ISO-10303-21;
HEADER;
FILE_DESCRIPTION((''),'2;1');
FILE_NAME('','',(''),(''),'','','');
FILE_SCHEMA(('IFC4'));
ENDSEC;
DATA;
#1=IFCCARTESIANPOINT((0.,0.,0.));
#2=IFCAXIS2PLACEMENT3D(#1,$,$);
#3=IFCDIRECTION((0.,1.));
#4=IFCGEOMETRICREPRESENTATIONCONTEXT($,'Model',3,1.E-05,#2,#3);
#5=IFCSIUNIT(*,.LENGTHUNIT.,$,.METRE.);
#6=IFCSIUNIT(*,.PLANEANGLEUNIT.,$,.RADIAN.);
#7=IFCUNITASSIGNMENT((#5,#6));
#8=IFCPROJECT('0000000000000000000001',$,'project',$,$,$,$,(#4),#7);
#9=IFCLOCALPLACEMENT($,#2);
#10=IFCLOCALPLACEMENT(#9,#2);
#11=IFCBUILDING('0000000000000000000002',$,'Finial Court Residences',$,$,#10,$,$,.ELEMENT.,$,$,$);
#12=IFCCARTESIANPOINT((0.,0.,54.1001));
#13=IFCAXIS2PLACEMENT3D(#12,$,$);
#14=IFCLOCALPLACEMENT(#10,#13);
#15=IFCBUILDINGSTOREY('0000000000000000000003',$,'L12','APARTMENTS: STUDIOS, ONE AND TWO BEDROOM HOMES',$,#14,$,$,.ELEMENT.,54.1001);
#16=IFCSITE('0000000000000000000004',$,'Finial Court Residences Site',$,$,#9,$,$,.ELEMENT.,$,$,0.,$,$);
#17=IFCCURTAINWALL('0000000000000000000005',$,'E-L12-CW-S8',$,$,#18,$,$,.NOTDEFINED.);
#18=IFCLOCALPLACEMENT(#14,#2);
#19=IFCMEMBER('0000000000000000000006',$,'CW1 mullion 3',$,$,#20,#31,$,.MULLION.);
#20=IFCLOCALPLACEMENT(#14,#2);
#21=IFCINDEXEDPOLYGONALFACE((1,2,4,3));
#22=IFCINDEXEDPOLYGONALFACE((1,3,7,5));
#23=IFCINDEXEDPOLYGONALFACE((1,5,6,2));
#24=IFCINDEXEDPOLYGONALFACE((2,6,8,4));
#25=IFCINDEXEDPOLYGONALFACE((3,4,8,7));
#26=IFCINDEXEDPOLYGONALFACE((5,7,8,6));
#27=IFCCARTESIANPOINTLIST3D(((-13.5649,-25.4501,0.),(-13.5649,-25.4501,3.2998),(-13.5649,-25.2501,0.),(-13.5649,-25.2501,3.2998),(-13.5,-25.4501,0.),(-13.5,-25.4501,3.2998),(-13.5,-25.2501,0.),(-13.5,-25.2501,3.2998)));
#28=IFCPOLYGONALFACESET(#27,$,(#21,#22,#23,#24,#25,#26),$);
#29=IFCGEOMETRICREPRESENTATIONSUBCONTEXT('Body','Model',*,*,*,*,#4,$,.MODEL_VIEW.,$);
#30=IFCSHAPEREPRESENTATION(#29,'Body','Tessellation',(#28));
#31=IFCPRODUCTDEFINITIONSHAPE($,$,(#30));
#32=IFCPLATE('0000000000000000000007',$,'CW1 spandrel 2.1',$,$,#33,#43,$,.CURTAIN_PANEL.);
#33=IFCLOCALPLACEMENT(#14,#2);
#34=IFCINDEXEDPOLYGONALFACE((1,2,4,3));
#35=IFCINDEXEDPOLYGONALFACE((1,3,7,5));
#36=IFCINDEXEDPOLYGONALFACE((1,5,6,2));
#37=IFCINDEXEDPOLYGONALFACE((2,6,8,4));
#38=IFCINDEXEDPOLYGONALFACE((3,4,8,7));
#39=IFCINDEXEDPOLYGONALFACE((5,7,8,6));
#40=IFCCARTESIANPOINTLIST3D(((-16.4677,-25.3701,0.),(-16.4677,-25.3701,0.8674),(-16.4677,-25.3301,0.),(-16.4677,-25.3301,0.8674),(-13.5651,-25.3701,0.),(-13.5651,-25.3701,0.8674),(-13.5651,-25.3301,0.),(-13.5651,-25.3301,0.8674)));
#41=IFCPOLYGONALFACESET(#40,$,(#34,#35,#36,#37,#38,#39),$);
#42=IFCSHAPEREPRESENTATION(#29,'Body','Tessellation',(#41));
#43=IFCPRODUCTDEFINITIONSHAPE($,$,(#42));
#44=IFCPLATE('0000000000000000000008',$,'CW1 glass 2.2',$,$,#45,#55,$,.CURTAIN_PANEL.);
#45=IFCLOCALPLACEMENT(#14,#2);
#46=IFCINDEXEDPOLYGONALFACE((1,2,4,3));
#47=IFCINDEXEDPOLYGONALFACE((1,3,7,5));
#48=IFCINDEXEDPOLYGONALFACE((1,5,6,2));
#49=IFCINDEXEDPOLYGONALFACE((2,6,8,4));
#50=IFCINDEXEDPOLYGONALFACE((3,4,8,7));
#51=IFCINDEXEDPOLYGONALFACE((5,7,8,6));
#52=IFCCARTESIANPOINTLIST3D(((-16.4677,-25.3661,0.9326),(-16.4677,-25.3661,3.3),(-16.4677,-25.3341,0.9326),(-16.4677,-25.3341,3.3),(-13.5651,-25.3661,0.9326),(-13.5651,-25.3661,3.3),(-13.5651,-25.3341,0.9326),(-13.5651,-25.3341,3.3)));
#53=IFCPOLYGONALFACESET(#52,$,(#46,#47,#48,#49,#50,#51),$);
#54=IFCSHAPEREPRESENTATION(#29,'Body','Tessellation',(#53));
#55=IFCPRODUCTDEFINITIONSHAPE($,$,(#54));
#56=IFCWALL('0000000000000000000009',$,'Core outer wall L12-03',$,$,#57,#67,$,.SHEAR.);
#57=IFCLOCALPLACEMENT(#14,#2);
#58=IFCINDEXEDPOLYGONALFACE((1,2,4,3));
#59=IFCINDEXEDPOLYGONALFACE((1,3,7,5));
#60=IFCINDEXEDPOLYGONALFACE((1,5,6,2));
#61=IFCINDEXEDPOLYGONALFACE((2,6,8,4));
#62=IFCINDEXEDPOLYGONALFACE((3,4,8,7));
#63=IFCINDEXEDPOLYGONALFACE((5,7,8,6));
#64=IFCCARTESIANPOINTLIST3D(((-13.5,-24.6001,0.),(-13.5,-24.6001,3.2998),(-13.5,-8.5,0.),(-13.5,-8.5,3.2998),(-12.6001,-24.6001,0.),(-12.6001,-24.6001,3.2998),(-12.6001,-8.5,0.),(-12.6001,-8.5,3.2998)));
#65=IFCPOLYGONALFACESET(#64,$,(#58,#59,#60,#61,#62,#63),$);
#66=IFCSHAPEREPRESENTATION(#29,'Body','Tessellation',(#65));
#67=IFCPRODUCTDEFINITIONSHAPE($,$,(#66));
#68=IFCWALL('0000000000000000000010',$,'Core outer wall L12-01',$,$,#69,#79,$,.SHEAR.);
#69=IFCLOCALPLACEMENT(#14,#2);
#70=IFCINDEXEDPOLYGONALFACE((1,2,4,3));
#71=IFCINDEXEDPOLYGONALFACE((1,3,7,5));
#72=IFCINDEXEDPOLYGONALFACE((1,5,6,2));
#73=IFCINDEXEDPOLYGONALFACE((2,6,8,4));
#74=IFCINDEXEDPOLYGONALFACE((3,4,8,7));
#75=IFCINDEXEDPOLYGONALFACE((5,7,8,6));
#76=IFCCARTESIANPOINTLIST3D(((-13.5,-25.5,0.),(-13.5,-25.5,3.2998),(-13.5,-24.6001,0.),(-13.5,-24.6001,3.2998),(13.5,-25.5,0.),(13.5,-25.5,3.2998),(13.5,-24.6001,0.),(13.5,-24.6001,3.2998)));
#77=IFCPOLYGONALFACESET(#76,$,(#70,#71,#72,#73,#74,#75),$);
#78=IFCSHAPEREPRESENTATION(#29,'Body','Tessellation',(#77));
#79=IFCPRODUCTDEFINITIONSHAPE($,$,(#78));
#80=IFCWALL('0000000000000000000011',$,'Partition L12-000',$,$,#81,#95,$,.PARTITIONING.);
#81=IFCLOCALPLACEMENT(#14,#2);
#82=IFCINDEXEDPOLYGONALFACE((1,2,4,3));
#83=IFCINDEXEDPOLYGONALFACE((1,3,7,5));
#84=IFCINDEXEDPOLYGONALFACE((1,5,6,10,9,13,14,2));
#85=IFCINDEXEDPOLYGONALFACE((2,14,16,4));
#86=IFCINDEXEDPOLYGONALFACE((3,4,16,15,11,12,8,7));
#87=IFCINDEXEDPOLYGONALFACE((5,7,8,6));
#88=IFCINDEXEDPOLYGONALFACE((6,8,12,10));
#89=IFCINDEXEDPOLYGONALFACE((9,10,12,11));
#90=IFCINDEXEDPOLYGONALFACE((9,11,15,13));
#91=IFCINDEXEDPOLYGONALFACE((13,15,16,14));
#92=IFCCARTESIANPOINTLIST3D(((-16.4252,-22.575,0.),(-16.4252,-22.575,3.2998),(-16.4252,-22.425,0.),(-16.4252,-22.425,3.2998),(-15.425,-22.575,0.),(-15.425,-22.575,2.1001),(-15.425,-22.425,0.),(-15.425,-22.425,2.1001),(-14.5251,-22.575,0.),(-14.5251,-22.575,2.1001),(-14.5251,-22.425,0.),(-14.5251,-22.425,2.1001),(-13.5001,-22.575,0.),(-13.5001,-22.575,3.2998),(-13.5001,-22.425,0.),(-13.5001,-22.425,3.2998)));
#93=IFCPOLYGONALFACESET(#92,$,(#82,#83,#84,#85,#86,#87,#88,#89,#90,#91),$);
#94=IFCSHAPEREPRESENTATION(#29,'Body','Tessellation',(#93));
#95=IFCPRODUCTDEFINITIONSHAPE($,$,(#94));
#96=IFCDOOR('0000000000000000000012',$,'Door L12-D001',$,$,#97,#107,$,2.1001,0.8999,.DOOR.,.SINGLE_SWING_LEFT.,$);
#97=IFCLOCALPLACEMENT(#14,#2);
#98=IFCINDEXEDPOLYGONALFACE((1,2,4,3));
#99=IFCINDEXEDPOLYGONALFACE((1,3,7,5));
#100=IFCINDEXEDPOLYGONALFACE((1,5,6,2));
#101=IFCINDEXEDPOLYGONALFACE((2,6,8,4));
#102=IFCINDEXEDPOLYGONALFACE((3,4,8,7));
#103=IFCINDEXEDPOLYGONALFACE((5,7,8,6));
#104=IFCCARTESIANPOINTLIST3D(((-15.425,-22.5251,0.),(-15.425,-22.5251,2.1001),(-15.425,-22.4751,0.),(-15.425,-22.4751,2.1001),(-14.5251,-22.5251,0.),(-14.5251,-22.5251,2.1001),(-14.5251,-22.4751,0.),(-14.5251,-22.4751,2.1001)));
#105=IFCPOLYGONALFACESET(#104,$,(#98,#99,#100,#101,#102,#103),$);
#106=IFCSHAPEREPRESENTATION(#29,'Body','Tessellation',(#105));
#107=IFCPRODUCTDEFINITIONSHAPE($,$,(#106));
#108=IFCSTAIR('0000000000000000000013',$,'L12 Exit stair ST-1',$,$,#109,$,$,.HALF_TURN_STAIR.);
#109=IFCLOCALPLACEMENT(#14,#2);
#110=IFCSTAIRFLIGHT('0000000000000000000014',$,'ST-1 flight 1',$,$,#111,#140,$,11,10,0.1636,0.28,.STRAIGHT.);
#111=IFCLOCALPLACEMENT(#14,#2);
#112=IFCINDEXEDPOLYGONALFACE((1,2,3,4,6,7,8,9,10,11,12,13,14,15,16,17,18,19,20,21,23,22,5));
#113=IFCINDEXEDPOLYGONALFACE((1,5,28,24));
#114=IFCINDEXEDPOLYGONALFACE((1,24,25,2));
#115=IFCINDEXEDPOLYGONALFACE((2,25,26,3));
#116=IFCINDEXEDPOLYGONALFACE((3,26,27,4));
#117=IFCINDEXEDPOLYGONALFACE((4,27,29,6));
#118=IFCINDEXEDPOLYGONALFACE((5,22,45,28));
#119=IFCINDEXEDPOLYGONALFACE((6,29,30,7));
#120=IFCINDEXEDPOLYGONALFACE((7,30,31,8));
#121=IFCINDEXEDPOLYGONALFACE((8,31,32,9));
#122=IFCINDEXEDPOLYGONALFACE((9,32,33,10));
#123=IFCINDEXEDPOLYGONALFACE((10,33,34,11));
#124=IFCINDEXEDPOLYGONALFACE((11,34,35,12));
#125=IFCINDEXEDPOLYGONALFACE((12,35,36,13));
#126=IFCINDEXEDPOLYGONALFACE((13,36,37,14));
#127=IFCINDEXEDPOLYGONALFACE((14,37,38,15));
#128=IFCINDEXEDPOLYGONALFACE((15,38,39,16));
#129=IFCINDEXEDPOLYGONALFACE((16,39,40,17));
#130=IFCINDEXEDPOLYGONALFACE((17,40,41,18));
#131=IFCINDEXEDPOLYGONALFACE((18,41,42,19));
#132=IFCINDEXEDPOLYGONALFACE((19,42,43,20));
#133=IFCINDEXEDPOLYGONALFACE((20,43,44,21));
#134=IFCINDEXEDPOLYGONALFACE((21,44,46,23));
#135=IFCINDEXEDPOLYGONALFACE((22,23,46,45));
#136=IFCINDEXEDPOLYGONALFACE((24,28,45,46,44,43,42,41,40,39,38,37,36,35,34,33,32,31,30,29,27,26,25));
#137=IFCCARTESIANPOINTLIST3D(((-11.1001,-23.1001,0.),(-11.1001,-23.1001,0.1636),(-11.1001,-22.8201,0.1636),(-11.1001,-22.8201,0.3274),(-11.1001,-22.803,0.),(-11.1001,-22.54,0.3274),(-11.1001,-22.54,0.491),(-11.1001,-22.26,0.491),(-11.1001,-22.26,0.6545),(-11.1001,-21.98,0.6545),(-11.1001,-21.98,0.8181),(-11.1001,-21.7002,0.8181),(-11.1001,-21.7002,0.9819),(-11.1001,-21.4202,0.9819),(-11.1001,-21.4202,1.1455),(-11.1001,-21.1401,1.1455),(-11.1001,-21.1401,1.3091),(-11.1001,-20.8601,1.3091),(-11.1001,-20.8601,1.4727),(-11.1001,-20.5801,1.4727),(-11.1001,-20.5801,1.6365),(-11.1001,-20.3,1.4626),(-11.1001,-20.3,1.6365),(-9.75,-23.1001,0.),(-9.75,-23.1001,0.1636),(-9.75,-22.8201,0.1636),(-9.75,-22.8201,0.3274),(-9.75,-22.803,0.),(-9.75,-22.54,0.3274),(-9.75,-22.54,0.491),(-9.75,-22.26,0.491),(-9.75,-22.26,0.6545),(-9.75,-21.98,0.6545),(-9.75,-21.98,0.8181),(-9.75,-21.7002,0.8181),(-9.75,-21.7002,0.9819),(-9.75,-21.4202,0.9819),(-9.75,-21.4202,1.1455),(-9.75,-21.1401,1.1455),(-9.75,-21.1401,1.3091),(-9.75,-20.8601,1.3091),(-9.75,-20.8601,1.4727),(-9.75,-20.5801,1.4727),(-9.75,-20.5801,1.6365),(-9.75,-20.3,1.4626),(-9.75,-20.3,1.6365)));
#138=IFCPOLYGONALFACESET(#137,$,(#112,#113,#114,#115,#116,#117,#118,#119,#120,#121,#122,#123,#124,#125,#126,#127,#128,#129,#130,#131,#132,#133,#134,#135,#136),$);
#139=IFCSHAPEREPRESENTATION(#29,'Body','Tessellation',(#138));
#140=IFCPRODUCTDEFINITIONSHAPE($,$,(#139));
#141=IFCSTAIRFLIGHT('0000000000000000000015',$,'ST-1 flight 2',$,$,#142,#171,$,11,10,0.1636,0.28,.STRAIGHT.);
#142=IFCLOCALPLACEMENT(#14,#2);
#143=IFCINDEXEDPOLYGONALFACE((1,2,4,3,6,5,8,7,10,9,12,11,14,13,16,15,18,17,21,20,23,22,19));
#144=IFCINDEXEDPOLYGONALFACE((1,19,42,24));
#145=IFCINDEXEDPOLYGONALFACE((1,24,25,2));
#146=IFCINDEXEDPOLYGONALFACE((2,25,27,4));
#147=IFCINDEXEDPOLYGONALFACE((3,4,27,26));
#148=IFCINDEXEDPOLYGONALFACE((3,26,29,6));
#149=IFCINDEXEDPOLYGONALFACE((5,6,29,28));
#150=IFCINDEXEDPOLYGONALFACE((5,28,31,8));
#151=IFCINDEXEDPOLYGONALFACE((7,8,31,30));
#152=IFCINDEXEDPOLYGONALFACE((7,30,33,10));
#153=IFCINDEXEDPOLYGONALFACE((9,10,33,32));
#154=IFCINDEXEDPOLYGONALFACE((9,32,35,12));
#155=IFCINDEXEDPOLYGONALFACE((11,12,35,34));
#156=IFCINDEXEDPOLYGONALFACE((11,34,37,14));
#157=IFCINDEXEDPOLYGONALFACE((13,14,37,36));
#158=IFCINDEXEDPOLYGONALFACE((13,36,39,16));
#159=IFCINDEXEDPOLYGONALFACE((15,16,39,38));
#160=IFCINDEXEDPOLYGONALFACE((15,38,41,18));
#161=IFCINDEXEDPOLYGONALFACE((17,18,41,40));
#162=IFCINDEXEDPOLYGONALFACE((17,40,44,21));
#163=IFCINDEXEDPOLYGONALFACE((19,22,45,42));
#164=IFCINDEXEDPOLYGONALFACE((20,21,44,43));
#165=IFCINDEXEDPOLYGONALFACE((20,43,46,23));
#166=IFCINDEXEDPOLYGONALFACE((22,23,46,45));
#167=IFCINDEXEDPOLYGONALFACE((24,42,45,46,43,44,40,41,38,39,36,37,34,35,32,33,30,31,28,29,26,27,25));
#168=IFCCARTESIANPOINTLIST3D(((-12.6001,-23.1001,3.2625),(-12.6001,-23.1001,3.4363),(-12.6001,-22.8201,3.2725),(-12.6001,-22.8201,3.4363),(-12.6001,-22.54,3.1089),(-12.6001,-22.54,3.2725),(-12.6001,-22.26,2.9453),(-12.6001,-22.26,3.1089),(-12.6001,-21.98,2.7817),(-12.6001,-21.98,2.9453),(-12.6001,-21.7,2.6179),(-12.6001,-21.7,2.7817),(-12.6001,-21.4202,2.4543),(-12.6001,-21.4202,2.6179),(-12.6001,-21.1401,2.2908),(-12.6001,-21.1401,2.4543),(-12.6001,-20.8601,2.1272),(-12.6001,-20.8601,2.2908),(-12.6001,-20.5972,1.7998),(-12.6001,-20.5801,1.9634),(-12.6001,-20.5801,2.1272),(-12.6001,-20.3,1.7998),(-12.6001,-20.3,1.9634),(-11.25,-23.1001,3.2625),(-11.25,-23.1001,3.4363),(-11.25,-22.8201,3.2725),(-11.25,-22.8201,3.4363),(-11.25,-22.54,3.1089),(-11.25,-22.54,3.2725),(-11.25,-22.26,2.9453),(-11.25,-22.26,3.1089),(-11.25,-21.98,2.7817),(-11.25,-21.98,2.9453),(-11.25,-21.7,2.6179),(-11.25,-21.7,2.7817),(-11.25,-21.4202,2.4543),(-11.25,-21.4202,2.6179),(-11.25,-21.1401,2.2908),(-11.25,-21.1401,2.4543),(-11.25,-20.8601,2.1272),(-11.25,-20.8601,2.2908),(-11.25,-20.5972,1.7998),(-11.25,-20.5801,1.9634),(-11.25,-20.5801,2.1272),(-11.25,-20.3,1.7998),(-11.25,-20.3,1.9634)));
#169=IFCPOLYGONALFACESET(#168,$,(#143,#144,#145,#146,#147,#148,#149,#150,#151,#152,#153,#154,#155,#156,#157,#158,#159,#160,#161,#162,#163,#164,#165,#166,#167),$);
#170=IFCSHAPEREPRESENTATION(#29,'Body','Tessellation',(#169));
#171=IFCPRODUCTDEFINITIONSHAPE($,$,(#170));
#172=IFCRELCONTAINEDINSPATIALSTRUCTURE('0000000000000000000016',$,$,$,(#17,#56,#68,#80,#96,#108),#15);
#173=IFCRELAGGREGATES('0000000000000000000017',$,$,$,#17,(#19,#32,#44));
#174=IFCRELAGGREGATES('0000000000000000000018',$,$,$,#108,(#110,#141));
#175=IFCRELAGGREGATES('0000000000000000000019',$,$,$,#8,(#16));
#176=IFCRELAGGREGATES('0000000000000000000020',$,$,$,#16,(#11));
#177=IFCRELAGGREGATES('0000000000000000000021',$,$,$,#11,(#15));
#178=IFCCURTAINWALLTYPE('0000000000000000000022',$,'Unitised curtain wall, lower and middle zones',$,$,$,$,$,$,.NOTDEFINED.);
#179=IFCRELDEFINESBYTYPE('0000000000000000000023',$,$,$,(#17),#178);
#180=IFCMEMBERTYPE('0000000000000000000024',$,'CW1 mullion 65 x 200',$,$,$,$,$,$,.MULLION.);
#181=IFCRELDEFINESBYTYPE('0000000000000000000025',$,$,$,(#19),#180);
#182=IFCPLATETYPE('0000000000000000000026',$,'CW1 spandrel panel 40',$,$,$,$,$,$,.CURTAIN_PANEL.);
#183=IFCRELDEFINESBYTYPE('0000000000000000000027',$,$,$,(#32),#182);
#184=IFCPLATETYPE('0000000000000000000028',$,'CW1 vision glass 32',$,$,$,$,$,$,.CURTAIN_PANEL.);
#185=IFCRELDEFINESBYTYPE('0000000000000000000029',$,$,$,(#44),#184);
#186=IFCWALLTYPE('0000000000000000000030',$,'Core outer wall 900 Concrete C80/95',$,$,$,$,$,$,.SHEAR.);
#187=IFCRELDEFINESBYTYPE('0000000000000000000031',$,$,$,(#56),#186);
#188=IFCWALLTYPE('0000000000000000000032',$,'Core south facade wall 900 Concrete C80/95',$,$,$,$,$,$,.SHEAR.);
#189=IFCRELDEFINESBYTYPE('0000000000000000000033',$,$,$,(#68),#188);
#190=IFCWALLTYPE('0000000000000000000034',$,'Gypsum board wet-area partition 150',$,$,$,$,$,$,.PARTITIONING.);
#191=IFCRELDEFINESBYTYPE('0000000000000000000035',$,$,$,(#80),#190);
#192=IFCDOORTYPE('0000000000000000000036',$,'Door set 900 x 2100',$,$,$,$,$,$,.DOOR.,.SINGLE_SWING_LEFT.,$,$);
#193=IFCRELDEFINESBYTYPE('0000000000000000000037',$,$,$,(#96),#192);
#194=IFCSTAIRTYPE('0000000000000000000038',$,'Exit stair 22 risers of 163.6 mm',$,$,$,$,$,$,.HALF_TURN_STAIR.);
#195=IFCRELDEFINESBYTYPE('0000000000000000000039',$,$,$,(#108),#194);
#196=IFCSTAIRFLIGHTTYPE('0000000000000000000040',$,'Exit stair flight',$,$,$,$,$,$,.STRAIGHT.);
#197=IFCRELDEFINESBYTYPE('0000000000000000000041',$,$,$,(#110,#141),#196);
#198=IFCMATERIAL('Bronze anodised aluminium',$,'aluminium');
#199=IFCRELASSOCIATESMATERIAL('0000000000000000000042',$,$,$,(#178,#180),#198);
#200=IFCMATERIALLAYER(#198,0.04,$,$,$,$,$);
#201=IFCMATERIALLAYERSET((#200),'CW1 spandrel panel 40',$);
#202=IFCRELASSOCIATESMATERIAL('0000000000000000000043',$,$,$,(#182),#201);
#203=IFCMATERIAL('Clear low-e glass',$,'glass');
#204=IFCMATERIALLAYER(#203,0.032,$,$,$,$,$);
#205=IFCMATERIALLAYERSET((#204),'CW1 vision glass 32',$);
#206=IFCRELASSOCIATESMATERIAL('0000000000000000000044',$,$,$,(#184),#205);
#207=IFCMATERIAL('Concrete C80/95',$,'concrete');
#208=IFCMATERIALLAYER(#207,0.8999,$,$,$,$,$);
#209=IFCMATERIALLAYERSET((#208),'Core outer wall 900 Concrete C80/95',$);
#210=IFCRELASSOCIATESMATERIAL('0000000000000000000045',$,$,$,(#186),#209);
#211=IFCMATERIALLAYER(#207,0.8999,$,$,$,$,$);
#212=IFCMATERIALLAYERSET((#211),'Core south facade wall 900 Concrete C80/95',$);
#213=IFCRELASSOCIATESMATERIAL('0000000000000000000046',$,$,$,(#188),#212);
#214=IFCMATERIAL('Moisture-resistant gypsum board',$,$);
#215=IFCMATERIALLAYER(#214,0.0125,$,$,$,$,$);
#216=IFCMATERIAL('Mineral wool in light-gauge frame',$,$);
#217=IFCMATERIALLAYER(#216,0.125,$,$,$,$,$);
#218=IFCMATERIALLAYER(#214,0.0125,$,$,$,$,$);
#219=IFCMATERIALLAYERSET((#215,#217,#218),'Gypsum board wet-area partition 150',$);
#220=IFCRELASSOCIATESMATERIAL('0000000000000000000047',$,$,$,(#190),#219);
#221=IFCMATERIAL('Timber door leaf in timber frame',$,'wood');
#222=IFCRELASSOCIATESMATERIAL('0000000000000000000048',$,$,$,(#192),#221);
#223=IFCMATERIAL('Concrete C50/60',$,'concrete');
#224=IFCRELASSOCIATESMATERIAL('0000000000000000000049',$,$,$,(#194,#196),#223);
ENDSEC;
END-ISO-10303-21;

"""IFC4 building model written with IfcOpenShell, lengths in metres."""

from ifc_helpers import new_model, si_unit, direction, frame, frame_2d, origin, origin_2d, place, context, subcontext, project, spatial, polyline, rectangle, outline, extrude, material, layer, layer_set, material_profile, profile_set, type_object, element, fill, aggregate, save


model = new_model("IFC4")

# Units and contexts
model_context = context("Model", 3, precision=1e-05, world=origin(), true_north=direction((0.0, 1.0)))
body_context = subcontext(model_context, "Body", "Model", "MODEL_VIEW")
ifc_project = project(units=[si_unit("LENGTHUNIT", "METRE"), si_unit("PLANEANGLEUNIT", "RADIAN")], contexts=[model_context])

# Site, building, storey
site_placement = place(None, origin())
site = spatial("IfcSite", under=ifc_project, at=site_placement, Name="Finial Court Residences Site", CompositionType="ELEMENT", RefElevation=0.0)
building_placement = place(site_placement, origin())
building = spatial("IfcBuilding", under=site, at=building_placement, Name="Finial Court Residences", CompositionType="ELEMENT")
storey_placement = place(building_placement, frame((0.0, 0.0, 54.1001)))
storey = spatial("IfcBuildingStorey", under=building, at=storey_placement, Name="L12", Description="APARTMENTS: STUDIOS, ONE AND TWO BEDROOM HOMES", CompositionType="ELEMENT", Elevation=54.1001)

# Curtain wall, member, plates
ifc_material_1 = material(Name="Bronze anodised aluminium", Category="aluminium")
curtain_wall_type = type_object("IfcCurtainWallType", Name="Unitised curtain wall, lower and middle zones", PredefinedType="NOTDEFINED", material=ifc_material_1)
curtain_wall_placement = place(storey_placement, origin())
curtain_wall = element("IfcCurtainWall", 1, at=curtain_wall_placement, inside=storey, type_object=curtain_wall_type, Name="E-L12-CW-S8", PredefinedType="NOTDEFINED")
ifc_material_profile = material_profile(ifc_material_1, rectangle(XDim=0.2, YDim=0.0649, at=origin_2d()), Name="CW1 mullion 65 x 200")
ifc_profile_set = profile_set([ifc_material_profile], Name="Bronze anodised aluminium")
member_type = type_object("IfcMemberType", Name="CW1 mullion 65 x 200", PredefinedType="MULLION", material=ifc_profile_set)
member_placement = place(storey_placement, frame((-13.5325, -25.3501, 0.0), z_axis=(0.0, 0.0, 1.0), x_axis=(0.0, 1.0, 0.0)))
member = element("IfcMember", 2, at=member_placement, type_object=member_type, Name="CW1 mullion 3", PredefinedType="MULLION", context=body_context, shape_type="SweptSolid", body=[
    extrude(rectangle(XDim=0.2, YDim=0.0649, at=origin_2d()), origin(), (0.0, 0.0, 1.0), 3.2998),
])
ifc_layer_1 = layer(ifc_material_1, 0.04)
ifc_layer_set_1 = layer_set([ifc_layer_1], Name="CW1 spandrel panel 40")
plate_type_1 = type_object("IfcPlateType", Name="CW1 spandrel panel 40", PredefinedType="CURTAIN_PANEL", material=ifc_layer_set_1)
plate_1_placement = place(storey_placement, frame((-15.0164, -25.3501, 0.0), z_axis=(0.0, 0.0, 1.0), x_axis=(1.0, 0.0, 0.0)))
plate_1 = element("IfcPlate", 3, at=plate_1_placement, type_object=plate_type_1, Name="CW1 spandrel 2.1", PredefinedType="CURTAIN_PANEL", context=body_context, shape_type="SweptSolid", body=[
    extrude(rectangle(XDim=2.9026, YDim=0.04, at=origin_2d()), origin(), (0.0, 0.0, 1.0), 0.8674),
])
ifc_material_2 = material(Name="Clear low-e glass", Category="glass")
ifc_layer_2 = layer(ifc_material_2, 0.032)
ifc_layer_set_2 = layer_set([ifc_layer_2], Name="CW1 vision glass 32")
plate_type_2 = type_object("IfcPlateType", Name="CW1 vision glass 32", PredefinedType="CURTAIN_PANEL", material=ifc_layer_set_2)
plate_2_placement = place(storey_placement, frame((-15.0164, -25.3501, 0.9326), z_axis=(0.0, 0.0, 1.0), x_axis=(1.0, 0.0, 0.0)))
plate_2 = element("IfcPlate", 4, at=plate_2_placement, type_object=plate_type_2, Name="CW1 glass 2.2", PredefinedType="CURTAIN_PANEL", context=body_context, shape_type="SweptSolid", body=[
    extrude(rectangle(XDim=2.9026, YDim=0.032, at=origin_2d()), origin(), (0.0, 0.0, 1.0), 2.3674),
])
aggregate(curtain_wall, [member, plate_1, plate_2])

# Walls
ifc_material_3 = material(Name="Concrete C80/95", Category="concrete")
ifc_layer_3 = layer(ifc_material_3, 0.8999)
ifc_layer_set_3 = layer_set([ifc_layer_3], Name="Core outer wall 900 Concrete C80/95")
wall_type_1 = type_object("IfcWallType", Name="Core outer wall 900 Concrete C80/95", PredefinedType="SHEAR", material=ifc_layer_set_3)
wall_1_placement = place(storey_placement, frame((-13.05, -24.6001, 0.0), z_axis=(0.0, 0.0, 1.0), x_axis=(0.0, 1.0, 0.0)))
element("IfcWall", 5, at=wall_1_placement, inside=storey, type_object=wall_type_1, Name="Core outer wall L12-03", PredefinedType="SHEAR", context=body_context, shape_type="SweptSolid", body=[
    extrude(rectangle(XDim=16.1001, YDim=0.8999, at=frame_2d((8.05, 0.0))), origin(), (0.0, 0.0, 1.0), 3.2998),
])
ifc_layer_4 = layer(ifc_material_3, 0.8999)
ifc_layer_set_4 = layer_set([ifc_layer_4], Name="Core south facade wall 900 Concrete C80/95")
wall_type_2 = type_object("IfcWallType", Name="Core south facade wall 900 Concrete C80/95", PredefinedType="SHEAR", material=ifc_layer_set_4)
wall_2_placement = place(storey_placement, frame((-13.5, -25.05, 0.0), z_axis=(0.0, 0.0, 1.0), x_axis=(1.0, 0.0, 0.0)))
element("IfcWall", 6, at=wall_2_placement, inside=storey, type_object=wall_type_2, Name="Core outer wall L12-01", PredefinedType="SHEAR", context=body_context, shape_type="SweptSolid", body=[
    extrude(rectangle(XDim=27.0, YDim=0.8999, at=frame_2d((13.5, 0.0))), origin(), (0.0, 0.0, 1.0), 3.2998),
])

# Wall, opening, door
ifc_material_4 = material(Name="Moisture-resistant gypsum board")
ifc_layer_5 = layer(ifc_material_4, 0.0125)
ifc_material_5 = material(Name="Mineral wool in light-gauge frame")
ifc_layer_6 = layer(ifc_material_5, 0.125)
ifc_layer_7 = layer(ifc_material_4, 0.0125)
ifc_layer_set_5 = layer_set([ifc_layer_5, ifc_layer_6, ifc_layer_7], Name="Gypsum board wet-area partition 150")
wall_type_3 = type_object("IfcWallType", Name="Gypsum board wet-area partition 150", PredefinedType="PARTITIONING", material=ifc_layer_set_5)
wall_3_placement = place(storey_placement, frame((-16.425, -22.5, 0.0), z_axis=(0.0, 0.0, 1.0), x_axis=(1.0, 0.0, 0.0)))
wall_3 = element("IfcWall", 7, at=wall_3_placement, inside=storey, type_object=wall_type_3, Name="Partition L12-000", PredefinedType="PARTITIONING", context=body_context, shape_type="SweptSolid", body=[
    extrude(rectangle(XDim=2.925, YDim=0.1499, at=frame_2d((1.4624, 0.0))), origin(), (0.0, 0.0, 1.0), 3.2998),
])
opening_placement = place(wall_3_placement, frame((1.0, 0.0, 0.0)))
opening = element("IfcOpeningElement", 8, at=opening_placement, cuts=wall_3, PredefinedType="OPENING", context=body_context, shape_type="SweptSolid", body=[
    extrude(rectangle(XDim=0.8999, YDim=2.1001, at=frame_2d((0.45, 1.05))), frame((0.0, 0.085, 0.0), z_axis=(0.0, -1.0, 0.0), x_axis=(1.0, 0.0, 0.0)), (0.0, 0.0, 1.0), 0.1699),
])
ifc_material_6 = material(Name="Timber door leaf in timber frame", Category="wood")
door_type = type_object("IfcDoorType", Name="Door set 900 x 2100", OperationType="SINGLE_SWING_LEFT", PredefinedType="DOOR", material=ifc_material_6)
door_placement = place(opening_placement, origin())
door = element("IfcDoor", 9, at=door_placement, inside=storey, type_object=door_type, Name="Door L12-D001", OperationType="SINGLE_SWING_LEFT", OverallHeight=2.1001, OverallWidth=0.8999, PredefinedType="DOOR", context=body_context, shape_type="SweptSolid", body=[
    extrude(rectangle(XDim=0.8999, YDim=2.1001, at=frame_2d((0.45, 1.05))), frame((0.0, 0.0249, 0.0), z_axis=(0.0, -1.0, 0.0), x_axis=(1.0, 0.0, 0.0)), (0.0, 0.0, 1.0), 0.05),
])
fill(opening, door)

# Stair, stair flights
ifc_material_7 = material(Name="Concrete C50/60", Category="concrete")
stair_type = type_object("IfcStairType", Name="Exit stair 22 risers of 163.6 mm", PredefinedType="HALF_TURN_STAIR", material=ifc_material_7)
stair_placement = place(storey_placement, origin())
stair = element("IfcStair", 10, at=stair_placement, inside=storey, type_object=stair_type, Name="L12 Exit stair ST-1", PredefinedType="HALF_TURN_STAIR")
stair_flight_type = type_object("IfcStairFlightType", Name="Exit stair flight", PredefinedType="STRAIGHT", material=ifc_material_7)
stair_flight_1_placement = place(storey_placement, frame((-10.425, -23.1001, 0.0), z_axis=(0.0, 0.0, 1.0), x_axis=(0.0, 1.0, 0.0)))
stair_flight_1 = element("IfcStairFlight", 11, at=stair_flight_1_placement, type_object=stair_flight_type, Name="ST-1 flight 1", NumberOfRisers=11, NumberOfTreads=10, PredefinedType="STRAIGHT", RiserHeight=0.1636, TreadLength=0.28, context=body_context, shape_type="SweptSolid", body=[
    extrude(outline(polyline([(0.0, 0.0), (0.0, 0.1636), (0.28, 0.1636), (0.28, 0.3274), (0.5601, 0.3274), (0.5601, 0.491), (0.8401, 0.491), (0.8401, 0.6545), (1.1201, 0.6545), (1.1201, 0.8181), (1.3999, 0.8181), (1.3999, 0.9819), (1.6799, 0.9819), (1.6799, 1.1455), (1.96, 1.1455), (1.96, 1.3091), (2.24, 1.3091), (2.24, 1.4727), (2.52, 1.4727), (2.52, 1.6365), (2.8, 1.6365), (2.8, 1.8), (2.8, 1.4626), (0.2971, 0.0), (0.0, 0.0)])), frame((0.0, 0.675, 0.0), z_axis=(0.0, -1.0, 0.0), x_axis=(1.0, 0.0, 0.0)), (0.0, 0.0, 1.0), 1.3501),
])
stair_flight_2_placement = place(storey_placement, frame((-11.925, -20.3, 1.7998), z_axis=(0.0, 0.0, 1.0), x_axis=(0.0, -1.0, 0.0)))
stair_flight_2 = element("IfcStairFlight", 12, at=stair_flight_2_placement, type_object=stair_flight_type, Name="ST-1 flight 2", NumberOfRisers=11, NumberOfTreads=10, PredefinedType="STRAIGHT", RiserHeight=0.1636, TreadLength=0.28, context=body_context, shape_type="SweptSolid", body=[
    extrude(outline(polyline([(0.0, 0.0), (0.0, 0.1636), (0.28, 0.1636), (0.28, 0.3274), (0.5601, 0.3274), (0.5601, 0.491), (0.8401, 0.491), (0.8401, 0.6545), (1.1201, 0.6545), (1.1201, 0.8181), (1.3999, 0.8181), (1.3999, 0.9819), (1.6799, 0.9819), (1.6799, 1.1455), (1.96, 1.1455), (1.96, 1.3091), (2.24, 1.3091), (2.24, 1.4727), (2.52, 1.4727), (2.52, 1.6365), (2.8, 1.6365), (2.8, 1.8), (2.8, 1.4626), (0.2971, 0.0), (0.0, 0.0)])), frame((0.0, 0.675, 0.0), z_axis=(0.0, -1.0, 0.0), x_axis=(1.0, 0.0, 0.0)), (0.0, 0.0, 1.0), 1.3501),
])
aggregate(stair, [stair_flight_1, stair_flight_2])

save(model, "model.ifc")
